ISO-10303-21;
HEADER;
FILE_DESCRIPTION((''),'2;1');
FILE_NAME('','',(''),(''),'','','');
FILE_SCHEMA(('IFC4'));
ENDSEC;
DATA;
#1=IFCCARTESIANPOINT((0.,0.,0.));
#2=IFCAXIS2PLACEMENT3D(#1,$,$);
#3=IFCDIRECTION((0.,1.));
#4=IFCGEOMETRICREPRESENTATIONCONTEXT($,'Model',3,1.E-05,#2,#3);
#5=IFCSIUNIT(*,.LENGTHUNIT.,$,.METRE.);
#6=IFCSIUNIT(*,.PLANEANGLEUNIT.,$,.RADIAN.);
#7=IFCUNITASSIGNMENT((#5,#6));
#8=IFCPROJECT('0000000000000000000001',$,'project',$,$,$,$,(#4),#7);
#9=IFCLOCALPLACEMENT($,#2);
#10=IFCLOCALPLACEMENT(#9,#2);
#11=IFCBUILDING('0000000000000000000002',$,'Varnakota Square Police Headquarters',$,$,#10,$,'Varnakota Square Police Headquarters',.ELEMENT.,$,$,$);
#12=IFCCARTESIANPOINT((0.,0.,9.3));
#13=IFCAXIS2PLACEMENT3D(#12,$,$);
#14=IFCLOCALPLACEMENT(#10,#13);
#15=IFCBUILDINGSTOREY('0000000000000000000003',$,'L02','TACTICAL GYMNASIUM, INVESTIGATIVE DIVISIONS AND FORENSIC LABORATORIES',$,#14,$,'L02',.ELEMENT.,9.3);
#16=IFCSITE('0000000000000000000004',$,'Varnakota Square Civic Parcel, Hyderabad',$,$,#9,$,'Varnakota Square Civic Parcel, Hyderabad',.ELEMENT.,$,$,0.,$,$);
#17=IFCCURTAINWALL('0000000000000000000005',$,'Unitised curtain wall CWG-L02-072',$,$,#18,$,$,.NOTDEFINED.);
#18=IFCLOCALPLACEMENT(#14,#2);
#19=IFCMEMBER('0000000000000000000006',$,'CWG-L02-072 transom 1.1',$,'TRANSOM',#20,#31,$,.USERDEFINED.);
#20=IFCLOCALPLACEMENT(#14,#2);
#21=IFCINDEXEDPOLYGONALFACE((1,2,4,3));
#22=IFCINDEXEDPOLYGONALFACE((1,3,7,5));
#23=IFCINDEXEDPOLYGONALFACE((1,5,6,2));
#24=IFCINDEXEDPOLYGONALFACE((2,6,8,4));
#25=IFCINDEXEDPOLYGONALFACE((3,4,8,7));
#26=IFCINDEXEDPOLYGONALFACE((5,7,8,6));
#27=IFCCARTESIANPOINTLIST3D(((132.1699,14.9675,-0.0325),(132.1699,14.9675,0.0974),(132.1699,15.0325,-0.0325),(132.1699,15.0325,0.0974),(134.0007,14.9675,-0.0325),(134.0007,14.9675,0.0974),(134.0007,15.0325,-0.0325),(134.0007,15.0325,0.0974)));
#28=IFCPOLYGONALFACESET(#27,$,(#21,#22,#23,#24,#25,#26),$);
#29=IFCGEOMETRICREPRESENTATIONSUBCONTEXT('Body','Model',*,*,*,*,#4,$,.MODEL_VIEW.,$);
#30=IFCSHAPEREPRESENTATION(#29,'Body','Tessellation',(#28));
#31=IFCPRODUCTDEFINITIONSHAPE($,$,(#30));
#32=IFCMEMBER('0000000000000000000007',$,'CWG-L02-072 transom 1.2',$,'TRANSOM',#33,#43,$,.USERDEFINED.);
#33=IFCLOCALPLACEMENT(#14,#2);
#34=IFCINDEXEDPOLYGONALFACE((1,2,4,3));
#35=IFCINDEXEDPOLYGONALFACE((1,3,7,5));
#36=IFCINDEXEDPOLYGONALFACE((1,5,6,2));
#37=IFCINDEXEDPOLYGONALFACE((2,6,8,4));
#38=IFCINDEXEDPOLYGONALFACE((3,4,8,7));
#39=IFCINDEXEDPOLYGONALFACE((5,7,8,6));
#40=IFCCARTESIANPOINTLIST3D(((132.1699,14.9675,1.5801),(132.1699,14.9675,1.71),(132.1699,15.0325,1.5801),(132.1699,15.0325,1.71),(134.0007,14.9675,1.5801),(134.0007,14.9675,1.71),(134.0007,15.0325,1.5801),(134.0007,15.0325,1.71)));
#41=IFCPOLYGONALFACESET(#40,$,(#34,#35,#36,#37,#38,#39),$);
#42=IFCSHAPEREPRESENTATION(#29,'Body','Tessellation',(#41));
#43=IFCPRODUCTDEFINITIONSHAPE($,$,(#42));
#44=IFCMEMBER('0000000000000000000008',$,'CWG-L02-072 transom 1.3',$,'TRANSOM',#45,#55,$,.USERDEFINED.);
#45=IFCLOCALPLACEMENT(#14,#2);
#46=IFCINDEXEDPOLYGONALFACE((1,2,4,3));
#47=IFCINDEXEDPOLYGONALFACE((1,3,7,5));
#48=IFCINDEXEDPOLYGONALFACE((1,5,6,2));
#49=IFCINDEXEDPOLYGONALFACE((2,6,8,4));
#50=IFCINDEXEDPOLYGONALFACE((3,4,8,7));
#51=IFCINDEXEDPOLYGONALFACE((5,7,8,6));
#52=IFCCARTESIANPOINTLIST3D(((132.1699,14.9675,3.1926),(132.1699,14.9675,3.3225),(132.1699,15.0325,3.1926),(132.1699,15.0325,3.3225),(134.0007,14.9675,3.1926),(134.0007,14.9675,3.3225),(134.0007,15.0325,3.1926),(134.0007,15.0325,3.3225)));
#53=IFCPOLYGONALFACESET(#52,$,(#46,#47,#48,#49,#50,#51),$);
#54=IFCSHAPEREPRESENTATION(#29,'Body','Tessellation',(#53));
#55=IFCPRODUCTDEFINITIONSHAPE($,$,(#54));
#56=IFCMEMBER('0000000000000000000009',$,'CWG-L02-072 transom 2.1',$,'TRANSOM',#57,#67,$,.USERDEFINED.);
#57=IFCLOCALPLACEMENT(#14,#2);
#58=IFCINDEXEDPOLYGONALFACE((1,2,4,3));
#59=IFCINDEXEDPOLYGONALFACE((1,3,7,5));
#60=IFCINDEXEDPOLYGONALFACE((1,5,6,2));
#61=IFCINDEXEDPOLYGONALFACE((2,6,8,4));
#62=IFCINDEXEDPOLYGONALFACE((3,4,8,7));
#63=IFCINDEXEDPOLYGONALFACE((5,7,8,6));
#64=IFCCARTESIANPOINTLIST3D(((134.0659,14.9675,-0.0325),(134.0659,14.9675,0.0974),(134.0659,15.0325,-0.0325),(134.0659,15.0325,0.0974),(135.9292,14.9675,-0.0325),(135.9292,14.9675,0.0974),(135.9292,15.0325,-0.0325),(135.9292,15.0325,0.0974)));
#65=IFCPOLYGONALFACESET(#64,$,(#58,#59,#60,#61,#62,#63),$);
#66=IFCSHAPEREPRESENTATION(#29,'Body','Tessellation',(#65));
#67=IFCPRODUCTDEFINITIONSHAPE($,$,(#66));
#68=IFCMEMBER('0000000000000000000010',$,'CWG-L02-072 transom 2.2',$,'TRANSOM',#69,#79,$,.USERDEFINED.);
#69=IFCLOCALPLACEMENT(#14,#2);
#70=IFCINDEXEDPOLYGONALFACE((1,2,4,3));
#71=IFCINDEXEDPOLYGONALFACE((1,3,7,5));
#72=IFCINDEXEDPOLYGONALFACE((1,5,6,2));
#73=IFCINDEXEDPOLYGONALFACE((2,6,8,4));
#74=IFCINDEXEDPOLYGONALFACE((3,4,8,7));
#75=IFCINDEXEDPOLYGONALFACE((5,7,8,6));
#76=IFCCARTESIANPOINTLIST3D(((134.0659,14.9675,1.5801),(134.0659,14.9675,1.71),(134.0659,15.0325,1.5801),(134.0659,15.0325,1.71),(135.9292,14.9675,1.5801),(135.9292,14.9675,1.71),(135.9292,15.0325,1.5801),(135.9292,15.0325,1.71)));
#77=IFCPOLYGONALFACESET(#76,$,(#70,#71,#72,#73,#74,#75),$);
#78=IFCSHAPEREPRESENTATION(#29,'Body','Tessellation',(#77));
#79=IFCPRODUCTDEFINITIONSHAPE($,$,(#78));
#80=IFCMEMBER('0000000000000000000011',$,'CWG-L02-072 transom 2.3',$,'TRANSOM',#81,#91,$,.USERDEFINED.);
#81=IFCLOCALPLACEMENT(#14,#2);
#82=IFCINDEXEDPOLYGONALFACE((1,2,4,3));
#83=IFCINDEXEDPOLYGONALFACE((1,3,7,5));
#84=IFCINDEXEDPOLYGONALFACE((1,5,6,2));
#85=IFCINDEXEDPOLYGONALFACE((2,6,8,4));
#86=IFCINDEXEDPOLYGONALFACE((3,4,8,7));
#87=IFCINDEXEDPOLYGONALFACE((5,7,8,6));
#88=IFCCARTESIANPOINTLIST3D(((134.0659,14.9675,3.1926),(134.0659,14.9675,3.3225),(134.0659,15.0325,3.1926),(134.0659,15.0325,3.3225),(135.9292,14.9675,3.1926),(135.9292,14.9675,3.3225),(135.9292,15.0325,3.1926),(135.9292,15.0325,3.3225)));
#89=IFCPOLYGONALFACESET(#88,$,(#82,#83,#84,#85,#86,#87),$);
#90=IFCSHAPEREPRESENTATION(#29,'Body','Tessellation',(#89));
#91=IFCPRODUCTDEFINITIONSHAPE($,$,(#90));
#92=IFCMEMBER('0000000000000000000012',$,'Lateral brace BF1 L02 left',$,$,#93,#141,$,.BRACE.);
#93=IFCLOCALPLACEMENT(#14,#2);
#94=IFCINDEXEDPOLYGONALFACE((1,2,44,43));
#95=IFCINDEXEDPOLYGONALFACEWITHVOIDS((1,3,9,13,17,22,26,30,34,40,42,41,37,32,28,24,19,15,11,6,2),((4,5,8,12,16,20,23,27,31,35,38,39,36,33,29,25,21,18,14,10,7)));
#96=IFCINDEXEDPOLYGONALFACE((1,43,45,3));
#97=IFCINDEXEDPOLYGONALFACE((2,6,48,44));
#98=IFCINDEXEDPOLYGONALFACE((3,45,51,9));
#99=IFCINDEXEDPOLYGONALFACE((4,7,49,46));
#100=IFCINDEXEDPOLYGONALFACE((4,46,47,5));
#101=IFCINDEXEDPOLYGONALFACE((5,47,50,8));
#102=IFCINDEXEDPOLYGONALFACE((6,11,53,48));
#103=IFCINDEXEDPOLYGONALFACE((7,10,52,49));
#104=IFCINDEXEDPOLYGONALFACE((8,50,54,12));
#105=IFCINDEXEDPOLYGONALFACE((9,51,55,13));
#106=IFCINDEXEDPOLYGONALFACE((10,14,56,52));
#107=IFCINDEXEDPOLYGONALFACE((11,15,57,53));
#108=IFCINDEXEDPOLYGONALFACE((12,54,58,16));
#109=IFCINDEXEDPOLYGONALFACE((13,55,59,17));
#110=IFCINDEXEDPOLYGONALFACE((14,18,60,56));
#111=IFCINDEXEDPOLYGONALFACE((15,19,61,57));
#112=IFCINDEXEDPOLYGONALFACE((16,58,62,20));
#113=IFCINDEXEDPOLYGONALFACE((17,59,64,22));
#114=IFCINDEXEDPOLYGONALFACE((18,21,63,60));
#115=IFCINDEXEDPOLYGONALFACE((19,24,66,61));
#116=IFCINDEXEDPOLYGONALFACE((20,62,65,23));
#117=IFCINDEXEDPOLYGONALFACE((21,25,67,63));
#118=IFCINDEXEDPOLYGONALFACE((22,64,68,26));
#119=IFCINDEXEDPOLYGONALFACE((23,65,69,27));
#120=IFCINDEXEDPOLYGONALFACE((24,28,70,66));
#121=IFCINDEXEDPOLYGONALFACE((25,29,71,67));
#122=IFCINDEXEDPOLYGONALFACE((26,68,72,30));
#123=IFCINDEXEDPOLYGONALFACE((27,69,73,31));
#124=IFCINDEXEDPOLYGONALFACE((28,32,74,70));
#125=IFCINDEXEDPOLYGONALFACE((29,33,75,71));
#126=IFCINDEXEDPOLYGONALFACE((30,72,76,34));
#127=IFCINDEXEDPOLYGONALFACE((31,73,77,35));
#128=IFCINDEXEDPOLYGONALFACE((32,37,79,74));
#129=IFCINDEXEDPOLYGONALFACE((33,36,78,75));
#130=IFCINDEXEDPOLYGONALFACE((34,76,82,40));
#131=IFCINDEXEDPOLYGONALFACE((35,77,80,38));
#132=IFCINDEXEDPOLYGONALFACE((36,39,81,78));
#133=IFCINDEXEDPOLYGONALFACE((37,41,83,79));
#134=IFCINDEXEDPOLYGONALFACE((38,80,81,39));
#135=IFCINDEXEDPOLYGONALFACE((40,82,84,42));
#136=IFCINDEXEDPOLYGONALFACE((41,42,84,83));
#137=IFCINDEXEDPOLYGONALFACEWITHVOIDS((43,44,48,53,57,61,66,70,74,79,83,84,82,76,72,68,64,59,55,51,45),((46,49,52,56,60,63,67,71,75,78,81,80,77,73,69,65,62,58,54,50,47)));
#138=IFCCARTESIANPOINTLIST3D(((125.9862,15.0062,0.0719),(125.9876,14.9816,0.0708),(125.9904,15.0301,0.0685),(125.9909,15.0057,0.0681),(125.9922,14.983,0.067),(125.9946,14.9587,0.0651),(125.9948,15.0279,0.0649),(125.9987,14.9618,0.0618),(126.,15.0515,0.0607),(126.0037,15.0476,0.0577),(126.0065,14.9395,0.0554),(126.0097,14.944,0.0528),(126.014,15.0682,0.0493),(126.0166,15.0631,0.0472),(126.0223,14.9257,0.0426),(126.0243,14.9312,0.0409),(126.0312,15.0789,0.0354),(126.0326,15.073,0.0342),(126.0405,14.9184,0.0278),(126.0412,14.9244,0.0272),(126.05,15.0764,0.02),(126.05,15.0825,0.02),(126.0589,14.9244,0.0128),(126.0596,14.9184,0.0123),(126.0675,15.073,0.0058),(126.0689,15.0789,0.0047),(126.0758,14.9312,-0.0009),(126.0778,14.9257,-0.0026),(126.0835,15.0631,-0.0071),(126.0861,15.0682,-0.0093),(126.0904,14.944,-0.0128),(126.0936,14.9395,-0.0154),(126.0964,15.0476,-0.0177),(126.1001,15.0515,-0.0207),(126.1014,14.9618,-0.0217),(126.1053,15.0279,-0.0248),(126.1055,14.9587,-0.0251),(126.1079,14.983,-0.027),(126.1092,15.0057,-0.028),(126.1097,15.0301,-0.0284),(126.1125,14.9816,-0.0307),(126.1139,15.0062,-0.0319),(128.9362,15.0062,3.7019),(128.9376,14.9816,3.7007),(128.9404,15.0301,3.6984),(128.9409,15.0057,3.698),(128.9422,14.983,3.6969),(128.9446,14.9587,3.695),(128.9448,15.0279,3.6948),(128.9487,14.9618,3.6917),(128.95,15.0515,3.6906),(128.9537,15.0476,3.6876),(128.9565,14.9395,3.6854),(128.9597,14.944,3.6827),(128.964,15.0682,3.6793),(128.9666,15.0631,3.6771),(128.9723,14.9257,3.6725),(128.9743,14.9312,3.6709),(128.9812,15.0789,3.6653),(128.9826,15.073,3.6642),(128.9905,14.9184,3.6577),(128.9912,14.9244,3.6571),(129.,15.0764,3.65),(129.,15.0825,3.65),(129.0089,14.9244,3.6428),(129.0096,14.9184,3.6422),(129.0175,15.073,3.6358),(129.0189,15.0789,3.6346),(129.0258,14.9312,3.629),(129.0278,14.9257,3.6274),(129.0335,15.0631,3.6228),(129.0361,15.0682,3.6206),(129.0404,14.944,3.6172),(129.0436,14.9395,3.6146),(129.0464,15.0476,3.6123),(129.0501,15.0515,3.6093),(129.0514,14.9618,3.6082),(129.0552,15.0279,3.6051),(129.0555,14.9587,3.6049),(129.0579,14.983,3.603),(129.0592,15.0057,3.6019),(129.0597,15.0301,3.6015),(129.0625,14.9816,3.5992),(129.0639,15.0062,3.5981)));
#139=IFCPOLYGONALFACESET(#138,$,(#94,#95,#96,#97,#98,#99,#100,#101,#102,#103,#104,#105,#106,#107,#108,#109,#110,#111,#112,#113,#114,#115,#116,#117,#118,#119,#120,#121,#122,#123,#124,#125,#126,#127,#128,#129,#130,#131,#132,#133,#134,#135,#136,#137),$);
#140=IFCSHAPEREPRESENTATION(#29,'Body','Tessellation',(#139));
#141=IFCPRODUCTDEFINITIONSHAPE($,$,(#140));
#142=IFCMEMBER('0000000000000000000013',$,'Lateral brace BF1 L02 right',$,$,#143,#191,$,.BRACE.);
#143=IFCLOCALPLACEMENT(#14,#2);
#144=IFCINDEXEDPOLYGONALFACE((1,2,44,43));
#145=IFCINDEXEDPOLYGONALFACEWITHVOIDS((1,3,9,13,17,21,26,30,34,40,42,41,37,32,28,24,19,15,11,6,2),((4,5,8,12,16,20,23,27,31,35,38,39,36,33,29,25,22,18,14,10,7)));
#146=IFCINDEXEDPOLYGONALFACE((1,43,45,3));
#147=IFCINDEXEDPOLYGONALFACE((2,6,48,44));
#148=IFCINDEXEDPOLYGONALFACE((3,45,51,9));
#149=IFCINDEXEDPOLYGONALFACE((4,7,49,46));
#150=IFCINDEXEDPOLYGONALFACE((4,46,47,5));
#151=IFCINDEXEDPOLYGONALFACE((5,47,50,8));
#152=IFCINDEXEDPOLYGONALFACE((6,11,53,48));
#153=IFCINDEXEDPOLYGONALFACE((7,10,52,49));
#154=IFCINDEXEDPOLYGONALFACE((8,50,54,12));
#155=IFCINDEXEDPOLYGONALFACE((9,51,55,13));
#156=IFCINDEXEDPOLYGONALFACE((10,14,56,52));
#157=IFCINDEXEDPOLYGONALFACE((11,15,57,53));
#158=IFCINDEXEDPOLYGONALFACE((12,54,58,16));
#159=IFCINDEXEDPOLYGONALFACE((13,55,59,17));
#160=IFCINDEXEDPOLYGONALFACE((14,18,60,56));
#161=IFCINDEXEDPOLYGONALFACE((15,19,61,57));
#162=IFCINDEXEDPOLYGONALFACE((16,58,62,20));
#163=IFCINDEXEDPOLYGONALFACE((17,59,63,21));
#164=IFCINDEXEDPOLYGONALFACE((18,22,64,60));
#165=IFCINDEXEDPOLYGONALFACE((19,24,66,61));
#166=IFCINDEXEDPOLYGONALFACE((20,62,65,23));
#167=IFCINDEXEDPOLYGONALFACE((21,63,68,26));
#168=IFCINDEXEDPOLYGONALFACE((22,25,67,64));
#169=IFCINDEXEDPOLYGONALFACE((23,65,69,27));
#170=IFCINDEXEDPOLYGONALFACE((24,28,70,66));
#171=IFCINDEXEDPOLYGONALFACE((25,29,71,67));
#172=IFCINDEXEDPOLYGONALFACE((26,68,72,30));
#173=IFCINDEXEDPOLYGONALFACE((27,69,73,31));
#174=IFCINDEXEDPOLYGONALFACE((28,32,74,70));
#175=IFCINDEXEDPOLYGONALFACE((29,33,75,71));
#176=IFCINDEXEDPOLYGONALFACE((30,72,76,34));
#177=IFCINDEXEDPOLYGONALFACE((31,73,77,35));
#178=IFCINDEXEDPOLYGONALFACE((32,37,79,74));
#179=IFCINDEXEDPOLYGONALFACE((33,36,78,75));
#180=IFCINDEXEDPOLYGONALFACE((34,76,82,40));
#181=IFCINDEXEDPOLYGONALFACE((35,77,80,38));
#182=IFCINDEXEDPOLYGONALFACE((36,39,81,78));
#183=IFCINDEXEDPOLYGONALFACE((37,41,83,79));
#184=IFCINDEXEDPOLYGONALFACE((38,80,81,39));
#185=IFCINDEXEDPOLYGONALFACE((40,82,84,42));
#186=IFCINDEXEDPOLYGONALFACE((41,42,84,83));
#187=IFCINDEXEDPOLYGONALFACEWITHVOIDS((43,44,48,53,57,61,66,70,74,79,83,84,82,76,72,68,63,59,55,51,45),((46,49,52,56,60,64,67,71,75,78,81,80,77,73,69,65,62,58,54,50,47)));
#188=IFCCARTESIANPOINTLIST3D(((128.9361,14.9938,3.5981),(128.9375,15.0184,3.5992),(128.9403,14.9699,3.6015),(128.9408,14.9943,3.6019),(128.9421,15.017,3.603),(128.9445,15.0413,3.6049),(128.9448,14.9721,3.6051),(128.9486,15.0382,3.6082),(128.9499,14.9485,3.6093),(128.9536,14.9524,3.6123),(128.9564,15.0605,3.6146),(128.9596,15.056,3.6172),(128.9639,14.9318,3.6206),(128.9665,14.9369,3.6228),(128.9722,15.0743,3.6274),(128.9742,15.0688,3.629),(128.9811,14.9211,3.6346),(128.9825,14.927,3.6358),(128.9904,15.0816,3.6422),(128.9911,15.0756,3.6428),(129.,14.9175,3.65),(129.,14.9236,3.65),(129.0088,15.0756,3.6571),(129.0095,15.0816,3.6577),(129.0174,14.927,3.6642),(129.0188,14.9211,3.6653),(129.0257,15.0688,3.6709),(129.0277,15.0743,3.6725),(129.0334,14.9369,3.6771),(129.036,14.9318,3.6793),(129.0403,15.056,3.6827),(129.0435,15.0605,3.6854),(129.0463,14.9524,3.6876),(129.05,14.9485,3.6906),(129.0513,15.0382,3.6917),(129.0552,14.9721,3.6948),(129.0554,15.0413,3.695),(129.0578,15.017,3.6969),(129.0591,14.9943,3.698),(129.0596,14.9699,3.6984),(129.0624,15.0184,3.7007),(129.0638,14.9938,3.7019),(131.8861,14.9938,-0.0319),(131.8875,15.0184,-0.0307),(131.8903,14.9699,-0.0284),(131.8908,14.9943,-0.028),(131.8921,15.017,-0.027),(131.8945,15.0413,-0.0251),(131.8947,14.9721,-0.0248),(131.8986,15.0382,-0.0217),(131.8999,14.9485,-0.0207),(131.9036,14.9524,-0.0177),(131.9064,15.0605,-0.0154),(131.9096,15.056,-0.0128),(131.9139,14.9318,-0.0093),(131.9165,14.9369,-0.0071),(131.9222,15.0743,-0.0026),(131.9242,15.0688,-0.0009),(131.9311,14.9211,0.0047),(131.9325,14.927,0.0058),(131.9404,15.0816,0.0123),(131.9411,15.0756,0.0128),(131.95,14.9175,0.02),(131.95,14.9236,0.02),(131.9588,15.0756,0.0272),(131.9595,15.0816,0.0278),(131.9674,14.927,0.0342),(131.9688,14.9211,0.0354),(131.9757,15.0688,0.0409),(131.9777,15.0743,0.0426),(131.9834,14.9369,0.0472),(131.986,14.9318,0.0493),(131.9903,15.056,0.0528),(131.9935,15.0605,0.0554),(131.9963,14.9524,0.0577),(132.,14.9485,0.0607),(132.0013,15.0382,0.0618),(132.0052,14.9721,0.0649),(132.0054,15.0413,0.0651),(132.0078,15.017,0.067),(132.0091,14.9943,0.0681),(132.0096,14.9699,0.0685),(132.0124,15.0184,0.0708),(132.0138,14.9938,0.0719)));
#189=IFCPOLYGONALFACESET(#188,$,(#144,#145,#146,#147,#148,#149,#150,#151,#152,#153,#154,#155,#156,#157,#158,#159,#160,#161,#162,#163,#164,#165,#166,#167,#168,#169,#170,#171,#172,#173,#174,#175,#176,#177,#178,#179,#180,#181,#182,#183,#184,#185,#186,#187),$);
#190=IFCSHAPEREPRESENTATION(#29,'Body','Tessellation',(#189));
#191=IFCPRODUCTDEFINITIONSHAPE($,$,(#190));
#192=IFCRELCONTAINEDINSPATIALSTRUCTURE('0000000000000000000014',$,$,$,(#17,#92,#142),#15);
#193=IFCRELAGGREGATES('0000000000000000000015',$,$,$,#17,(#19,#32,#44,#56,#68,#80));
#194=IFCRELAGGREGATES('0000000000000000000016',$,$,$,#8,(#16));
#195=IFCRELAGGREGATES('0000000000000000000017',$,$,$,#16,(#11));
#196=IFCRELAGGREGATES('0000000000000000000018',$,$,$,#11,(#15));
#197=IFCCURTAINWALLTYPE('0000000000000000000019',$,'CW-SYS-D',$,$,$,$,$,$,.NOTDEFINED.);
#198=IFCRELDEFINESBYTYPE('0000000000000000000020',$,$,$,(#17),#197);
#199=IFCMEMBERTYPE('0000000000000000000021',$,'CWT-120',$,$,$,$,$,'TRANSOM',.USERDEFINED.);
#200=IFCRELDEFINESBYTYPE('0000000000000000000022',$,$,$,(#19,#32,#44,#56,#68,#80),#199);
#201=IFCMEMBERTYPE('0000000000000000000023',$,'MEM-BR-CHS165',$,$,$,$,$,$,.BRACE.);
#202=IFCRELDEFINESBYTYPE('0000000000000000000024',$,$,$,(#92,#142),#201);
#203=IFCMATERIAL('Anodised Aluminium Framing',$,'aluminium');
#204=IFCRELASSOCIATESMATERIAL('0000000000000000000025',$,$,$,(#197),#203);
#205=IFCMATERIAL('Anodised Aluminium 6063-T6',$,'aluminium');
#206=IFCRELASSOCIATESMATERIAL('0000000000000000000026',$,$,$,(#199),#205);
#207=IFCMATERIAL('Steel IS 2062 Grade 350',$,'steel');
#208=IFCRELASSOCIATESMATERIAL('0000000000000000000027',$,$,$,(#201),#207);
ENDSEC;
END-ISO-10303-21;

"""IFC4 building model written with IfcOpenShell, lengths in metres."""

from ifc_helpers import new_model, si_unit, direction, frame, origin, origin_2d, place, context, subcontext, project, spatial, rectangle, hollow_circle, extrude, material, material_profile, profile_set, type_object, element, aggregate, save


model = new_model("IFC4")

# Units and contexts
model_context = context("Model", 3, precision=1e-05, world=origin(), true_north=direction((0.0, 1.0)))
body_context = subcontext(model_context, "Body", "Model", "MODEL_VIEW")
ifc_project = project(units=[si_unit("LENGTHUNIT", "METRE"), si_unit("PLANEANGLEUNIT", "RADIAN")], contexts=[model_context])

# Site, building, storey
site_placement = place(None, origin())
site = spatial("IfcSite", under=ifc_project, at=site_placement, Name="Varnakota Square Civic Parcel, Hyderabad", LongName="Varnakota Square Civic Parcel, Hyderabad", CompositionType="ELEMENT", RefElevation=0.0)
building_placement = place(site_placement, origin())
building = spatial("IfcBuilding", under=site, at=building_placement, Name="Varnakota Square Police Headquarters", LongName="Varnakota Square Police Headquarters", CompositionType="ELEMENT")
storey_placement = place(building_placement, frame((0.0, 0.0, 9.3)))
storey = spatial("IfcBuildingStorey", under=building, at=storey_placement, Name="L02", Description="TACTICAL GYMNASIUM, INVESTIGATIVE DIVISIONS AND FORENSIC LABORATORIES", LongName="L02", CompositionType="ELEMENT", Elevation=9.3)

# Shared definitions
ifc_material_1 = material(Name="Steel IS 2062 Grade 350", Category="steel")

# Curtain wall, members
ifc_material_2 = material(Name="Anodised Aluminium Framing", Category="aluminium")
curtain_wall_type = type_object("IfcCurtainWallType", Name="CW-SYS-D", PredefinedType="NOTDEFINED", material=ifc_material_2)
curtain_wall_placement = place(storey_placement, origin())
curtain_wall = element("IfcCurtainWall", 1, at=curtain_wall_placement, inside=storey, type_object=curtain_wall_type, Name="Unitised curtain wall CWG-L02-072", PredefinedType="NOTDEFINED")
ifc_material_3 = material(Name="Anodised Aluminium 6063-T6", Category="aluminium")
ifc_material_profile_1 = material_profile(ifc_material_3, rectangle(XDim=0.0649, YDim=0.1299, at=origin_2d()), Name="ALU TRANSOM 65x130")
ifc_profile_set_1 = profile_set([ifc_material_profile_1], Name="Anodised Aluminium 6063-T6")
member_type_1 = type_object("IfcMemberType", Name="CWT-120", ElementType="TRANSOM", PredefinedType="USERDEFINED", material=ifc_profile_set_1)
member_1_placement = place(storey_placement, frame((132.1699, 15.0, 0.0325), z_axis=(1.0, 0.0, 0.0), x_axis=(0.0, 1.0, 0.0)))
member_1 = element("IfcMember", 2, at=member_1_placement, type_object=member_type_1, Name="CWG-L02-072 transom 1.1", ObjectType="TRANSOM", PredefinedType="USERDEFINED", context=body_context, shape_type="SweptSolid", body=[
    extrude(rectangle(XDim=0.0649, YDim=0.1299, at=origin_2d()), origin(), (0.0, 0.0, 1.0), 1.8308),
])
member_2_placement = place(storey_placement, frame((132.1699, 15.0, 1.645), z_axis=(1.0, 0.0, 0.0), x_axis=(0.0, 1.0, 0.0)))
member_2 = element("IfcMember", 3, at=member_2_placement, type_object=member_type_1, Name="CWG-L02-072 transom 1.2", ObjectType="TRANSOM", PredefinedType="USERDEFINED", context=body_context, shape_type="SweptSolid", body=[
    extrude(rectangle(XDim=0.0649, YDim=0.1299, at=origin_2d()), origin(), (0.0, 0.0, 1.0), 1.8308),
])
member_3_placement = place(storey_placement, frame((132.1699, 15.0, 3.2576), z_axis=(1.0, 0.0, 0.0), x_axis=(0.0, 1.0, 0.0)))
member_3 = element("IfcMember", 4, at=member_3_placement, type_object=member_type_1, Name="CWG-L02-072 transom 1.3", ObjectType="TRANSOM", PredefinedType="USERDEFINED", context=body_context, shape_type="SweptSolid", body=[
    extrude(rectangle(XDim=0.0649, YDim=0.1299, at=origin_2d()), origin(), (0.0, 0.0, 1.0), 1.8308),
])
member_4_placement = place(storey_placement, frame((134.0659, 15.0, 0.0325), z_axis=(1.0, 0.0, 0.0), x_axis=(0.0, 1.0, 0.0)))
member_4 = element("IfcMember", 5, at=member_4_placement, type_object=member_type_1, Name="CWG-L02-072 transom 2.1", ObjectType="TRANSOM", PredefinedType="USERDEFINED", context=body_context, shape_type="SweptSolid", body=[
    extrude(rectangle(XDim=0.0649, YDim=0.1299, at=origin_2d()), origin(), (0.0, 0.0, 1.0), 1.8633),
])
member_5_placement = place(storey_placement, frame((134.0659, 15.0, 1.645), z_axis=(1.0, 0.0, 0.0), x_axis=(0.0, 1.0, 0.0)))
member_5 = element("IfcMember", 6, at=member_5_placement, type_object=member_type_1, Name="CWG-L02-072 transom 2.2", ObjectType="TRANSOM", PredefinedType="USERDEFINED", context=body_context, shape_type="SweptSolid", body=[
    extrude(rectangle(XDim=0.0649, YDim=0.1299, at=origin_2d()), origin(), (0.0, 0.0, 1.0), 1.8633),
])
member_6_placement = place(storey_placement, frame((134.0659, 15.0, 3.2576), z_axis=(1.0, 0.0, 0.0), x_axis=(0.0, 1.0, 0.0)))
member_6 = element("IfcMember", 7, at=member_6_placement, type_object=member_type_1, Name="CWG-L02-072 transom 2.3", ObjectType="TRANSOM", PredefinedType="USERDEFINED", context=body_context, shape_type="SweptSolid", body=[
    extrude(rectangle(XDim=0.0649, YDim=0.1299, at=origin_2d()), origin(), (0.0, 0.0, 1.0), 1.8633),
])

# Members
ifc_material_profile_2 = material_profile(ifc_material_1, hollow_circle(Radius=0.0825, WallThickness=0.0061, at=origin_2d()), Name="CHS 165.1x6.0")
ifc_profile_set_2 = profile_set([ifc_material_profile_2], Name="Steel IS 2062 Grade 350")
member_type_2 = type_object("IfcMemberType", Name="MEM-BR-CHS165", PredefinedType="BRACE", material=ifc_profile_set_2)
for number, where, z_axis, x_axis, name in (
    (8, (126.05, 15.0, 0.02), (0.630679, 0.0, 0.776044), (0.0, 1.0, 0.0), "Lateral brace BF1 L02 left"),
    (9, (131.95, 15.0, 0.02), (-0.630679, 0.0, 0.776044), (0.0, -1.0, 0.0), "Lateral brace BF1 L02 right"),
):
    element("IfcMember", number, at=place(storey_placement, frame(where, z_axis=z_axis, x_axis=x_axis)), inside=storey, type_object=member_type_2, Name=name, PredefinedType="BRACE", context=body_context, shape_type="SweptSolid", body=[
        extrude(hollow_circle(Radius=0.0825, WallThickness=0.0061, at=origin_2d()), origin(), (0.0, 0.0, 1.0), 4.6775),
    ])

aggregate(curtain_wall, [member_1, member_2, member_3, member_4, member_5, member_6])

save(model, "model.ifc")
